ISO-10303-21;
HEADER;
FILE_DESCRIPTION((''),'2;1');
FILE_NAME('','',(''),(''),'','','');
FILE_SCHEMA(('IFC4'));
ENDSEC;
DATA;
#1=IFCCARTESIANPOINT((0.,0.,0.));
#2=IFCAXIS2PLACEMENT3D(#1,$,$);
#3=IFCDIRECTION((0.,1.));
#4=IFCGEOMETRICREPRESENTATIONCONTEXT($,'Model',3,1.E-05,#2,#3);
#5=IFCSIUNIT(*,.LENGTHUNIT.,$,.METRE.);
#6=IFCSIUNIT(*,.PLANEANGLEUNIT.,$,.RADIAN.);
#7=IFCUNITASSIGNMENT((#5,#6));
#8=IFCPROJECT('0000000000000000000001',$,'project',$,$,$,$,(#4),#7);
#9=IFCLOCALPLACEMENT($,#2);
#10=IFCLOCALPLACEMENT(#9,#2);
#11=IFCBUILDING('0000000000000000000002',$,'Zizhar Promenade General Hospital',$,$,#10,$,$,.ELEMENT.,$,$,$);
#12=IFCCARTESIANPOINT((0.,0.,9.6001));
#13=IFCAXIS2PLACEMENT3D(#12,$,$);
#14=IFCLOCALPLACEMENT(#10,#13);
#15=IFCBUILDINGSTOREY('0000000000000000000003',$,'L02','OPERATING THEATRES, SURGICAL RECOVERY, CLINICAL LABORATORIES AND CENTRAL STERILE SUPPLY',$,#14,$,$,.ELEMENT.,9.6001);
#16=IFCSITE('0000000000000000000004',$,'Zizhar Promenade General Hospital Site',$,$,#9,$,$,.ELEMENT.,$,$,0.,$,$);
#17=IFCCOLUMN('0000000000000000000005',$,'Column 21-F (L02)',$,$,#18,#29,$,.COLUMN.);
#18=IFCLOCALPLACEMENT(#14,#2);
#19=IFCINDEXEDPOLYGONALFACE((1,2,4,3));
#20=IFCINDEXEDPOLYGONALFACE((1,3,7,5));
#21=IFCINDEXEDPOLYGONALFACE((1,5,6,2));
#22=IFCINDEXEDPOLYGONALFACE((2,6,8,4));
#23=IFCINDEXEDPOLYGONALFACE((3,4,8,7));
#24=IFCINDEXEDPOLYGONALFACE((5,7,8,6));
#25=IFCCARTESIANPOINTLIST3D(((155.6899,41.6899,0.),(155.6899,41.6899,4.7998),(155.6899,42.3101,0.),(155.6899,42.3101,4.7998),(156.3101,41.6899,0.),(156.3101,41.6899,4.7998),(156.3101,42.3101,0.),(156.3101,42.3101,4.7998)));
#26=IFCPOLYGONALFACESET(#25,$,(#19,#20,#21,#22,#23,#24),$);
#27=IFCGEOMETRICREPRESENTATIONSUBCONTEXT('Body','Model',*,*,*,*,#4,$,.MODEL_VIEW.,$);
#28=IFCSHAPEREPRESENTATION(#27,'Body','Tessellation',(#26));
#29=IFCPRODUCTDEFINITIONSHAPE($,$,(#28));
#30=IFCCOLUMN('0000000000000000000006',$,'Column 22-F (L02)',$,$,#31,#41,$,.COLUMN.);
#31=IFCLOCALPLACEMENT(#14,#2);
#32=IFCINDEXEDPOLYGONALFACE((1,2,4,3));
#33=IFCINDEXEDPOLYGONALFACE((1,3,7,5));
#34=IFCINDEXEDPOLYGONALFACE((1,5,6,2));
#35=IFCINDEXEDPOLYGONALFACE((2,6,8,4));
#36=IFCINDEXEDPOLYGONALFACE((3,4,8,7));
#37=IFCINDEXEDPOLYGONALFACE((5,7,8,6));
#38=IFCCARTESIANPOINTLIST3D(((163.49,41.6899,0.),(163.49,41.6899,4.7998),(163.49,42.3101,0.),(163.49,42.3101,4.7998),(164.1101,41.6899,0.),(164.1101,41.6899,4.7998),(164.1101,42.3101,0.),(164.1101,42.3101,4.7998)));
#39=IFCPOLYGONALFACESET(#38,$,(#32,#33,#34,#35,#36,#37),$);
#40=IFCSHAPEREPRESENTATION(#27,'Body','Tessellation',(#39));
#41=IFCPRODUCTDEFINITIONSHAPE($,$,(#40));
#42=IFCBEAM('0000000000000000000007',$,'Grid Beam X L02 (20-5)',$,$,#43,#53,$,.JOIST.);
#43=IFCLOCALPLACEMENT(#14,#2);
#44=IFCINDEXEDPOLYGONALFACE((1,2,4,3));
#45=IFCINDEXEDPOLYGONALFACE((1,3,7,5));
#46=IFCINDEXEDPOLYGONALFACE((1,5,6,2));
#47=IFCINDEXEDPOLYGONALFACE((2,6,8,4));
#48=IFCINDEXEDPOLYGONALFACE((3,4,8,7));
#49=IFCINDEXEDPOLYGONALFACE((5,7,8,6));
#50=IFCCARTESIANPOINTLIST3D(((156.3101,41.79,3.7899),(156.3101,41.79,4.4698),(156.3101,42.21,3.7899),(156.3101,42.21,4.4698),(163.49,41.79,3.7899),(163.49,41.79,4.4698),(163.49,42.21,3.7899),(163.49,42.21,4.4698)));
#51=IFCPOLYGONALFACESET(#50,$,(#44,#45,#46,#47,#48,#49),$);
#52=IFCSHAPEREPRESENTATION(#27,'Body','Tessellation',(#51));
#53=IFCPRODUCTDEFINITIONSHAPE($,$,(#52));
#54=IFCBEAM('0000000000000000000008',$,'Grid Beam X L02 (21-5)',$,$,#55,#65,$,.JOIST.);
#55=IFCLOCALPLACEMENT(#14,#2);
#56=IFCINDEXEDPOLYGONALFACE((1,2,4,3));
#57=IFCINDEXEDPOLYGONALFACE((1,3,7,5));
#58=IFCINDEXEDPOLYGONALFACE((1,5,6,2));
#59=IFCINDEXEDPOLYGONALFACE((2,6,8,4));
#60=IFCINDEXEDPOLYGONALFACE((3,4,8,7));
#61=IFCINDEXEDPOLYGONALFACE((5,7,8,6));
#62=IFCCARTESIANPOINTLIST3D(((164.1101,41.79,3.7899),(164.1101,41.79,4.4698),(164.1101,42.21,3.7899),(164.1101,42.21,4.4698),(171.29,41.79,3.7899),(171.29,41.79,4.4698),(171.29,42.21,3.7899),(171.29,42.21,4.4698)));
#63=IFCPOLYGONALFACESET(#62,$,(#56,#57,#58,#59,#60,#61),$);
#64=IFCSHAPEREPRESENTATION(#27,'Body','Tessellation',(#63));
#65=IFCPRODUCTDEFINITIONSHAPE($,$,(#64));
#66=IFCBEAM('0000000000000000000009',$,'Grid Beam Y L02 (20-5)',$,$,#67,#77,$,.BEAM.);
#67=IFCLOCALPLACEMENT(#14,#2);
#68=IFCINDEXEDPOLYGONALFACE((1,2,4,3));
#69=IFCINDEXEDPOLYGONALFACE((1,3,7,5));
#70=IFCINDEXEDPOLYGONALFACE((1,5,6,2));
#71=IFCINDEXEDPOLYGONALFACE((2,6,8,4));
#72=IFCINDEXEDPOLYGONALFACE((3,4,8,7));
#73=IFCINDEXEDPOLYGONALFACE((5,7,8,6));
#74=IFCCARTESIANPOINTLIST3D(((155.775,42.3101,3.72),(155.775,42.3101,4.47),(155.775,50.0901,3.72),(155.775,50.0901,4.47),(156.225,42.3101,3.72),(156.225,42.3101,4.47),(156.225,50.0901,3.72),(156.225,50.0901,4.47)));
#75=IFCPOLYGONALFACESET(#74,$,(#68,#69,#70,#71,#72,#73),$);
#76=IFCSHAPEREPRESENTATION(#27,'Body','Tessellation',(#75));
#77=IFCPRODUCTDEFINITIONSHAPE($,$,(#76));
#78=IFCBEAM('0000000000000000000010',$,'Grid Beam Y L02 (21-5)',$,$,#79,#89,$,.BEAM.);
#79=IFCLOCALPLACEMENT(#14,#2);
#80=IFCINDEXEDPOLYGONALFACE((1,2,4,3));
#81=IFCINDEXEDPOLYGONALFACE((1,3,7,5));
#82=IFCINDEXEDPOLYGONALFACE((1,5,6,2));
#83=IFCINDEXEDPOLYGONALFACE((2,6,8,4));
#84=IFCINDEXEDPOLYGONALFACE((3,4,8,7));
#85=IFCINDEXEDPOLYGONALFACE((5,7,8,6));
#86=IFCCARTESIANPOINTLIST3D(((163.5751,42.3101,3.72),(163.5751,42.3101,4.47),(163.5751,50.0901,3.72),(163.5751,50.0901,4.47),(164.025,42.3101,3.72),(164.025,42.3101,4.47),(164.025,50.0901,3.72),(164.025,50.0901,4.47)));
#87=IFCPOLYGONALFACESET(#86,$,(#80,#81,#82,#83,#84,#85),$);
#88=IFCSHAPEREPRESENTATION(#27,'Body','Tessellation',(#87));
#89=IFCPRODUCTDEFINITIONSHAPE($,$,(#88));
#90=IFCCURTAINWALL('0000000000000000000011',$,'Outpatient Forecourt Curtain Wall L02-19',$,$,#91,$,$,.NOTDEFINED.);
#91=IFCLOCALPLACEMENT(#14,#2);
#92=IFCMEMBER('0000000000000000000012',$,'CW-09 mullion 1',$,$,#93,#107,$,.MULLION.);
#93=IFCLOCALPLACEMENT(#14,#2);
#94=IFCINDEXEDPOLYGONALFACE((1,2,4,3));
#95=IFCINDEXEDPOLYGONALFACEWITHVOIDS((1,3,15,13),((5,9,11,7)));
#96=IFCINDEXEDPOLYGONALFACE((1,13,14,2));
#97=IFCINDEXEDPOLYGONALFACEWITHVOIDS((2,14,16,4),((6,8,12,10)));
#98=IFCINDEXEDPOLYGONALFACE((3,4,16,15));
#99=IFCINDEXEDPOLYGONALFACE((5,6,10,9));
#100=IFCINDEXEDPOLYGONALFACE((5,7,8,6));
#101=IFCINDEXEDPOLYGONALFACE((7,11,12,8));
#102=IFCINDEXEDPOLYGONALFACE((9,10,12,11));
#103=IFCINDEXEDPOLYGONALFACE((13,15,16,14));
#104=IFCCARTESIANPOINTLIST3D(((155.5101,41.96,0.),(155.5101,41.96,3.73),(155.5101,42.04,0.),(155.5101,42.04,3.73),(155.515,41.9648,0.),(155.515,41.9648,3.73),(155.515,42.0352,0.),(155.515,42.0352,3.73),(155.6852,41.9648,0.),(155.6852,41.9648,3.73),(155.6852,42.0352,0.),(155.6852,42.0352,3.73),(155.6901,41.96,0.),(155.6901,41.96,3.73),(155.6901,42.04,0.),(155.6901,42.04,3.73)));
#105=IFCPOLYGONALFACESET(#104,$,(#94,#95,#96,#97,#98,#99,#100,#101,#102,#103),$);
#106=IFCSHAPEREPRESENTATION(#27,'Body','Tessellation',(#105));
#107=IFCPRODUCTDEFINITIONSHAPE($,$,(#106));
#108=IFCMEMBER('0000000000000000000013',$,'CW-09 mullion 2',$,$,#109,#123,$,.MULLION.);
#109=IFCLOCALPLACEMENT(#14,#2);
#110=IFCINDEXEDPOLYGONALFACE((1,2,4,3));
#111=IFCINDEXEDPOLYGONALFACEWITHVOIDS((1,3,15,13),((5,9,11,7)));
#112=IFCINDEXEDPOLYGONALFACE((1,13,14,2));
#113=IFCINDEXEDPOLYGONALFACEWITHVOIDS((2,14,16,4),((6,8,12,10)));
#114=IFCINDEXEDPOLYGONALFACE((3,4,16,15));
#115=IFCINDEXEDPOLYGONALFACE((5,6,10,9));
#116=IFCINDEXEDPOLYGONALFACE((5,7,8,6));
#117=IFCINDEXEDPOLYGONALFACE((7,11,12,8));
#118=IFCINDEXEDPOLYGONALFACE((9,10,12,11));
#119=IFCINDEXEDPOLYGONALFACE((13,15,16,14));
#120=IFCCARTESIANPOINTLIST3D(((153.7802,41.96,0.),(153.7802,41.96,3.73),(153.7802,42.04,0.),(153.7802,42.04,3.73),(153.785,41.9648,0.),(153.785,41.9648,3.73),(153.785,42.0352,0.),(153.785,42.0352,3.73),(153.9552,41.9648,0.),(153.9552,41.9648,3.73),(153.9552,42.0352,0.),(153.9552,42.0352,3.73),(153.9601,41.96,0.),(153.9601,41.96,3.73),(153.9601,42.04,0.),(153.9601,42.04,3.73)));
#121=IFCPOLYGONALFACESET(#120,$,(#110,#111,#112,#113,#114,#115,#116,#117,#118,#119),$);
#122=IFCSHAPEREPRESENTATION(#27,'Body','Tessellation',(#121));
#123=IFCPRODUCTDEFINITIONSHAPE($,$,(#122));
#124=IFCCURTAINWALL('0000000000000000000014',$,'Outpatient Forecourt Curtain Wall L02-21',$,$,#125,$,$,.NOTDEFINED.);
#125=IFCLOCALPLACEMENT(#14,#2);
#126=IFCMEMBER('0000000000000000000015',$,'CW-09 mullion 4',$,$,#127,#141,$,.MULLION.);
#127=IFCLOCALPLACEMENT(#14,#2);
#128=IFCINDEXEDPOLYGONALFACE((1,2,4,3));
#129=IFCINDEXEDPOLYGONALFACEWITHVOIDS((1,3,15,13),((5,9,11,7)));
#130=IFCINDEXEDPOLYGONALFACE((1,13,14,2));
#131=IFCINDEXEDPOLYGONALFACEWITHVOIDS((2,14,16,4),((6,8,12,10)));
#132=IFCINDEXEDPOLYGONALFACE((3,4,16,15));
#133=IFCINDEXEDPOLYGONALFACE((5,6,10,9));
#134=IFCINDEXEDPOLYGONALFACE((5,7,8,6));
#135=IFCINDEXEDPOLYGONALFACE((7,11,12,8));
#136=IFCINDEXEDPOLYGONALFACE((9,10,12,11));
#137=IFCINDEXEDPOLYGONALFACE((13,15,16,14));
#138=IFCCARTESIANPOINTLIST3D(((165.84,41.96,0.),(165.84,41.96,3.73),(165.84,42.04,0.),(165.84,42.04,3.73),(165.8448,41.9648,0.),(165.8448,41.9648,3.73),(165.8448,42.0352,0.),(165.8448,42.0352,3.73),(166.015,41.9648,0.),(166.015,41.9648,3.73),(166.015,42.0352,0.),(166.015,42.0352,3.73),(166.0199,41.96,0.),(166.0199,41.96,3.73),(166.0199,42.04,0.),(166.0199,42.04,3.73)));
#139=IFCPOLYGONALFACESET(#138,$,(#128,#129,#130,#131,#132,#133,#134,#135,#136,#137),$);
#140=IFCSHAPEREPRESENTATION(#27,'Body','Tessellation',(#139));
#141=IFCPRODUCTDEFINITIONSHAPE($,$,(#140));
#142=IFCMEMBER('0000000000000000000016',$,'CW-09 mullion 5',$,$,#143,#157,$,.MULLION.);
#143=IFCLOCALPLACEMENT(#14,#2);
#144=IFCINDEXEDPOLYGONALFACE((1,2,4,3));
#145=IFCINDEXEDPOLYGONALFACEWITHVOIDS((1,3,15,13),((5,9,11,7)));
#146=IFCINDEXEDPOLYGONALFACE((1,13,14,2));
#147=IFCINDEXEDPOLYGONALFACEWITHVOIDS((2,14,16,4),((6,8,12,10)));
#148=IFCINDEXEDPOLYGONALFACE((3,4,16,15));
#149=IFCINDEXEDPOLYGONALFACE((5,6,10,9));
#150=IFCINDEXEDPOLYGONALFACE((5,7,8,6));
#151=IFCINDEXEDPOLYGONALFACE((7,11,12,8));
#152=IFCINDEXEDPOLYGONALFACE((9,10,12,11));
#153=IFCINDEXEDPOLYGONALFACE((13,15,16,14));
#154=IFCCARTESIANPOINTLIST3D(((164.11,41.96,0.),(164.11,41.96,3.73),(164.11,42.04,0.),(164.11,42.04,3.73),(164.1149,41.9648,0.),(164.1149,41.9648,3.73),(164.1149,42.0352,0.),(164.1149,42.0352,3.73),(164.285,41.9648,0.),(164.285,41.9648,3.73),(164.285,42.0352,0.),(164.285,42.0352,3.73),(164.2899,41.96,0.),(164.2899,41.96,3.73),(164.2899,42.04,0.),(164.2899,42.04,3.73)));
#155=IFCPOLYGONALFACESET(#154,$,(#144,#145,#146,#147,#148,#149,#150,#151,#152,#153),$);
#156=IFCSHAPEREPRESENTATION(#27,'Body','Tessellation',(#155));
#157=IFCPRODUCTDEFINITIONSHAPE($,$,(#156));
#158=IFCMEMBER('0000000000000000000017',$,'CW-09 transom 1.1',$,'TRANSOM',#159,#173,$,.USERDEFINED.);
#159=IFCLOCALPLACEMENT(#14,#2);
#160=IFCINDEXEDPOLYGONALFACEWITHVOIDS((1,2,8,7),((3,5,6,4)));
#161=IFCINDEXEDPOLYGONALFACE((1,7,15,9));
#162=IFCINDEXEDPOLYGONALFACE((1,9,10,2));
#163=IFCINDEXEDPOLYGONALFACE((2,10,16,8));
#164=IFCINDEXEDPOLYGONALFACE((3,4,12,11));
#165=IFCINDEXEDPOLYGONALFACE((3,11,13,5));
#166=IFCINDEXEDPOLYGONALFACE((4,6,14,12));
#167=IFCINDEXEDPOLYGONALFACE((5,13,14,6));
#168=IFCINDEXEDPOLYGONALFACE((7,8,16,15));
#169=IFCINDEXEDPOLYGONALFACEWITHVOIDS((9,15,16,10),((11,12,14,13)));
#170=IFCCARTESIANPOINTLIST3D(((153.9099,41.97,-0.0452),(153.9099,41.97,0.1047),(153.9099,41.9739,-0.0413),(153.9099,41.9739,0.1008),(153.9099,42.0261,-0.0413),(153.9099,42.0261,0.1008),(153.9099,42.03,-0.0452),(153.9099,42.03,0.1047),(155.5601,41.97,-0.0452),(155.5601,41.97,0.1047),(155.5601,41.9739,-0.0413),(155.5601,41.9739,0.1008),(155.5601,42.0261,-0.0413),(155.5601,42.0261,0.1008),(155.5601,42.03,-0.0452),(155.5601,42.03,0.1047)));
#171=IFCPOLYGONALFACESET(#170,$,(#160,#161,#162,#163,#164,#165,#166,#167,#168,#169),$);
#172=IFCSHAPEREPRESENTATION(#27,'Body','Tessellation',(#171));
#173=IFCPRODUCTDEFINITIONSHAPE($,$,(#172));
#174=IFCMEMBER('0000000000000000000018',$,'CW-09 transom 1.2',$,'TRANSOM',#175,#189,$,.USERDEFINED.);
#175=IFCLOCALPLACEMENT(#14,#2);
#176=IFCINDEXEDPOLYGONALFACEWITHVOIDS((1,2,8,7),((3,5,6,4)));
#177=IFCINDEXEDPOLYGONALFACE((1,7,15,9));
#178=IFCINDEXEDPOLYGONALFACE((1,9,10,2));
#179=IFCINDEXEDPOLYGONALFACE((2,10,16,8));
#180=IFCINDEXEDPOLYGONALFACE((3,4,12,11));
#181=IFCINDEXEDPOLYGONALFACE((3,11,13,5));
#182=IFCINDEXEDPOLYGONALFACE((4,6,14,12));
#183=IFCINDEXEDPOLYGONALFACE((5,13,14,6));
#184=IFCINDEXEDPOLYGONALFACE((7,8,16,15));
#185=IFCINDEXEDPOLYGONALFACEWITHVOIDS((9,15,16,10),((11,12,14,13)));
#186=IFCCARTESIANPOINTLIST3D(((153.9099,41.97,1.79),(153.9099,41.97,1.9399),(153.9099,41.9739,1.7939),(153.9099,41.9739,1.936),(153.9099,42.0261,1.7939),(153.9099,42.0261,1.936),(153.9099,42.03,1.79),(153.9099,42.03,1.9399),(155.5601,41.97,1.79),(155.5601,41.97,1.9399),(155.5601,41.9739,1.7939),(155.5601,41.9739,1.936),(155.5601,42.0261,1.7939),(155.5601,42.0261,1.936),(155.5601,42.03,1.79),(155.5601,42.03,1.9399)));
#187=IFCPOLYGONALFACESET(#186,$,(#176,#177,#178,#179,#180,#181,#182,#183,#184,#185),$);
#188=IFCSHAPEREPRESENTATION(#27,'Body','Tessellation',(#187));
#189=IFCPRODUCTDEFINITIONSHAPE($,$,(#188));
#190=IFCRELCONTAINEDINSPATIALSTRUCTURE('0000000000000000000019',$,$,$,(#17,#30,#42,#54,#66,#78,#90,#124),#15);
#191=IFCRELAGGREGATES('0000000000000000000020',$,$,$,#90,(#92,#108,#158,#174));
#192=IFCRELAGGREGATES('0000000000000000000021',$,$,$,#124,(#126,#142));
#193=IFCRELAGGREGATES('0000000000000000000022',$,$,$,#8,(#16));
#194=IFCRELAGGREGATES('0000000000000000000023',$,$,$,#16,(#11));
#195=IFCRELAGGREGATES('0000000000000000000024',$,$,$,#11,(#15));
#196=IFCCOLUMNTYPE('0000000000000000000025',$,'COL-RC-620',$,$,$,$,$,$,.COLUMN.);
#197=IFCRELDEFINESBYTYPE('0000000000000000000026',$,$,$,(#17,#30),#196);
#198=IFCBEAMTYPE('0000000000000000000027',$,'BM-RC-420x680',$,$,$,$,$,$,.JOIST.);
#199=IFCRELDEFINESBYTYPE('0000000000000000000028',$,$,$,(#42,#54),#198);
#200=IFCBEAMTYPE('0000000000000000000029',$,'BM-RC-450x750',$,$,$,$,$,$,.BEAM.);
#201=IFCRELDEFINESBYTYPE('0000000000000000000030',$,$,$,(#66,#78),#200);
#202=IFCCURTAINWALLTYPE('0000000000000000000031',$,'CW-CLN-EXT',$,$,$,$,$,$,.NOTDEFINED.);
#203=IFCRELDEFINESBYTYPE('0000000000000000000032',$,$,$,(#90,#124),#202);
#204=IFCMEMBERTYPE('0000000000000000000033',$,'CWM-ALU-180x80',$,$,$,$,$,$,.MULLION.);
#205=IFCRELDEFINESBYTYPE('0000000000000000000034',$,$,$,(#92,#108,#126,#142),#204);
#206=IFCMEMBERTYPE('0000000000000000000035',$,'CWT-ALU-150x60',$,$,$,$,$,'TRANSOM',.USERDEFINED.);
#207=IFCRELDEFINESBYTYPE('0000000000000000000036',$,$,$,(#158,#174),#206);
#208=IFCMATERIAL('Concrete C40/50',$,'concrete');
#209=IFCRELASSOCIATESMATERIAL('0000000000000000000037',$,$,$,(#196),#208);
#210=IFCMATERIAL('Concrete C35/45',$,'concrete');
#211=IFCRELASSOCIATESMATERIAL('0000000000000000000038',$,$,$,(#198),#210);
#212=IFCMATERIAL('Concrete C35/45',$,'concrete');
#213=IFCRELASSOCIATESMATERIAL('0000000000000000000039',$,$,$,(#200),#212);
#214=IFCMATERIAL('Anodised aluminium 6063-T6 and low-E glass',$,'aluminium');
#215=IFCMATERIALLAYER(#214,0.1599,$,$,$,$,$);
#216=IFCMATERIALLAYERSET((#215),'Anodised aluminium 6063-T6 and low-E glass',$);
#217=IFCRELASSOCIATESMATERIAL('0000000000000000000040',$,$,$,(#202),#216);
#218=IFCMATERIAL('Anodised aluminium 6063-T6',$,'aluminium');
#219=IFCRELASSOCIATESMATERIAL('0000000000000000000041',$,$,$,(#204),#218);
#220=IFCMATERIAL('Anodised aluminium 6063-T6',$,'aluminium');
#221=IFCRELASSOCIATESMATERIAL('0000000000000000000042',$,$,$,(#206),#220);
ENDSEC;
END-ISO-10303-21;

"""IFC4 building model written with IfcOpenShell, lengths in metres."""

from ifc_helpers import new_model, si_unit, direction, frame, origin, origin_2d, place, context, subcontext, project, spatial, rectangle, hollow_rectangle, extrude, material, layer, layer_set, material_profile, profile_set, type_object, element, aggregate, save


model = new_model("IFC4")

# Units and contexts
model_context = context("Model", 3, precision=1e-05, world=origin(), true_north=direction((0.0, 1.0)))
body_context = subcontext(model_context, "Body", "Model", "MODEL_VIEW")
ifc_project = project(units=[si_unit("LENGTHUNIT", "METRE"), si_unit("PLANEANGLEUNIT", "RADIAN")], contexts=[model_context])

# Site, building, storey
site_placement = place(None, origin())
site = spatial("IfcSite", under=ifc_project, at=site_placement, Name="Zizhar Promenade General Hospital Site", CompositionType="ELEMENT", RefElevation=0.0)
building_placement = place(site_placement, origin())
building = spatial("IfcBuilding", under=site, at=building_placement, Name="Zizhar Promenade General Hospital", CompositionType="ELEMENT")
storey_placement = place(building_placement, frame((0.0, 0.0, 9.6001)))
storey = spatial("IfcBuildingStorey", under=building, at=storey_placement, Name="L02", Description="OPERATING THEATRES, SURGICAL RECOVERY, CLINICAL LABORATORIES AND CENTRAL STERILE SUPPLY", CompositionType="ELEMENT", Elevation=9.6001)

# Columns
ifc_material_1 = material(Name="Concrete C40/50", Category="concrete")
ifc_material_profile_1 = material_profile(ifc_material_1, rectangle(XDim=0.6201, YDim=0.6201, at=origin_2d()))
ifc_profile_set_1 = profile_set([ifc_material_profile_1], Name="Concrete C40/50")
column_type = type_object("IfcColumnType", Name="COL-RC-620", PredefinedType="COLUMN", material=ifc_profile_set_1)
for number, where, z_axis, x_axis, name in (
    (1, (156.0, 42.0, 0.0), (0.0, 0.0, 1.0), (1.0, 0.0, 0.0), "Column 21-F (L02)"),
    (2, (163.8, 42.0, 0.0), (0.0, 0.0, 1.0), (1.0, 0.0, 0.0), "Column 22-F (L02)"),
):
    element("IfcColumn", number, at=place(storey_placement, frame(where, z_axis=z_axis, x_axis=x_axis)), inside=storey, type_object=column_type, Name=name, PredefinedType="COLUMN", context=body_context, shape_type="SweptSolid", body=[
        extrude(rectangle(XDim=0.6201, YDim=0.6201, at=origin_2d()), origin(), (0.0, 0.0, 1.0), 4.7998),
    ])

# Beams
ifc_material_2 = material(Name="Concrete C35/45", Category="concrete")
ifc_material_profile_2 = material_profile(ifc_material_2, rectangle(XDim=0.4199, YDim=0.6799, at=origin_2d()))
ifc_profile_set_2 = profile_set([ifc_material_profile_2], Name="Concrete C35/45")
beam_type_1 = type_object("IfcBeamType", Name="BM-RC-420x680", PredefinedType="JOIST", material=ifc_profile_set_2)
for number, where, z_axis, x_axis, name in (
    (3, (156.3101, 42.0, 4.1299), (1.0, 0.0, 0.0), (0.0, 1.0, 0.0), "Grid Beam X L02 (20-5)"),
    (4, (164.1101, 42.0, 4.1299), (1.0, 0.0, 0.0), (0.0, 1.0, 0.0), "Grid Beam X L02 (21-5)"),
):
    element("IfcBeam", number, at=place(storey_placement, frame(where, z_axis=z_axis, x_axis=x_axis)), inside=storey, type_object=beam_type_1, Name=name, PredefinedType="JOIST", context=body_context, shape_type="SweptSolid", body=[
        extrude(rectangle(XDim=0.4199, YDim=0.6799, at=origin_2d()), origin(), (0.0, 0.0, 1.0), 7.1799),
    ])
ifc_material_3 = material(Name="Concrete C35/45", Category="concrete")
ifc_material_profile_3 = material_profile(ifc_material_3, rectangle(XDim=0.45, YDim=0.75, at=origin_2d()))
ifc_profile_set_3 = profile_set([ifc_material_profile_3], Name="Concrete C35/45")
beam_type_2 = type_object("IfcBeamType", Name="BM-RC-450x750", PredefinedType="BEAM", material=ifc_profile_set_3)
for number, where, z_axis, x_axis, name in (
    (5, (156.0, 42.3101, 4.095), (0.0, 1.0, 0.0), (-1.0, 0.0, 0.0), "Grid Beam Y L02 (20-5)"),
    (6, (163.8, 42.3101, 4.095), (0.0, 1.0, 0.0), (-1.0, 0.0, 0.0), "Grid Beam Y L02 (21-5)"),
):
    element("IfcBeam", number, at=place(storey_placement, frame(where, z_axis=z_axis, x_axis=x_axis)), inside=storey, type_object=beam_type_2, Name=name, PredefinedType="BEAM", context=body_context, shape_type="SweptSolid", body=[
        extrude(rectangle(XDim=0.45, YDim=0.75, at=origin_2d()), origin(), (0.0, 0.0, 1.0), 7.78),
    ])

# Curtain walls, members
ifc_material_4 = material(Name="Anodised aluminium 6063-T6 and low-E glass", Category="aluminium")
ifc_layer_1 = layer(ifc_material_4, 0.1599)
ifc_layer_set_1 = layer_set([ifc_layer_1], Name="Anodised aluminium 6063-T6 and low-E glass")
curtain_wall_type = type_object("IfcCurtainWallType", Name="CW-CLN-EXT", PredefinedType="NOTDEFINED", material=ifc_layer_set_1)
curtain_wall_1_placement = place(storey_placement, origin())
curtain_wall_1 = element("IfcCurtainWall", 7, at=curtain_wall_1_placement, inside=storey, type_object=curtain_wall_type, Name="Outpatient Forecourt Curtain Wall L02-19", PredefinedType="NOTDEFINED")
ifc_material_5 = material(Name="Anodised aluminium 6063-T6", Category="aluminium")
ifc_material_profile_4 = material_profile(ifc_material_5, hollow_rectangle(XDim=0.0801, YDim=0.1799, WallThickness=0.0049, at=origin_2d()))
ifc_profile_set_4 = profile_set([ifc_material_profile_4], Name="Anodised aluminium 6063-T6")
member_type_1 = type_object("IfcMemberType", Name="CWM-ALU-180x80", PredefinedType="MULLION", material=ifc_profile_set_4)
member_1_placement = place(storey_placement, frame((155.6001, 42.0, 0.0), z_axis=(0.0, 0.0, 1.0), x_axis=(0.0, -1.0, 0.0)))
member_1 = element("IfcMember", 8, at=member_1_placement, type_object=member_type_1, Name="CW-09 mullion 1", PredefinedType="MULLION", context=body_context, shape_type="SweptSolid", body=[
    extrude(hollow_rectangle(XDim=0.0801, YDim=0.1799, WallThickness=0.0049, at=origin_2d()), origin(), (0.0, 0.0, 1.0), 3.73),
])
member_2_placement = place(storey_placement, frame((153.8701, 42.0, 0.0), z_axis=(0.0, 0.0, 1.0), x_axis=(0.0, -1.0, 0.0)))
member_2 = element("IfcMember", 9, at=member_2_placement, type_object=member_type_1, Name="CW-09 mullion 2", PredefinedType="MULLION", context=body_context, shape_type="SweptSolid", body=[
    extrude(hollow_rectangle(XDim=0.0801, YDim=0.1799, WallThickness=0.0049, at=origin_2d()), origin(), (0.0, 0.0, 1.0), 3.73),
])
curtain_wall_2_placement = place(storey_placement, origin())
curtain_wall_2 = element("IfcCurtainWall", 10, at=curtain_wall_2_placement, inside=storey, type_object=curtain_wall_type, Name="Outpatient Forecourt Curtain Wall L02-21", PredefinedType="NOTDEFINED")
member_3_placement = place(storey_placement, frame((165.9299, 42.0, 0.0), z_axis=(0.0, 0.0, 1.0), x_axis=(0.0, -1.0, 0.0)))
member_3 = element("IfcMember", 11, at=member_3_placement, type_object=member_type_1, Name="CW-09 mullion 4", PredefinedType="MULLION", context=body_context, shape_type="SweptSolid", body=[
    extrude(hollow_rectangle(XDim=0.0801, YDim=0.1799, WallThickness=0.0049, at=origin_2d()), origin(), (0.0, 0.0, 1.0), 3.73),
])
member_4_placement = place(storey_placement, frame((164.2, 42.0, 0.0), z_axis=(0.0, 0.0, 1.0), x_axis=(0.0, -1.0, 0.0)))
member_4 = element("IfcMember", 12, at=member_4_placement, type_object=member_type_1, Name="CW-09 mullion 5", PredefinedType="MULLION", context=body_context, shape_type="SweptSolid", body=[
    extrude(hollow_rectangle(XDim=0.0801, YDim=0.1799, WallThickness=0.0049, at=origin_2d()), origin(), (0.0, 0.0, 1.0), 3.73),
])

# Members
ifc_material_6 = material(Name="Anodised aluminium 6063-T6", Category="aluminium")
ifc_material_profile_5 = material_profile(ifc_material_6, hollow_rectangle(XDim=0.0601, YDim=0.1499, WallThickness=0.0039, at=origin_2d()))
ifc_profile_set_5 = profile_set([ifc_material_profile_5], Name="Anodised aluminium 6063-T6")
member_type_2 = type_object("IfcMemberType", Name="CWT-ALU-150x60", ElementType="TRANSOM", PredefinedType="USERDEFINED", material=ifc_profile_set_5)
member_5_placement = place(storey_placement, frame((155.5601, 42.0, 0.0298), z_axis=(-1.0, 0.0, 0.0), x_axis=(0.0, -1.0, 0.0)))
member_5 = element("IfcMember", 13, at=member_5_placement, type_object=member_type_2, Name="CW-09 transom 1.1", ObjectType="TRANSOM", PredefinedType="USERDEFINED", context=body_context, shape_type="SweptSolid", body=[
    extrude(hollow_rectangle(XDim=0.0601, YDim=0.1499, WallThickness=0.0039, at=origin_2d()), origin(), (0.0, 0.0, 1.0), 1.6501),
])
member_6_placement = place(storey_placement, frame((155.5601, 42.0, 1.865), z_axis=(-1.0, 0.0, 0.0), x_axis=(0.0, -1.0, 0.0)))
member_6 = element("IfcMember", 14, at=member_6_placement, type_object=member_type_2, Name="CW-09 transom 1.2", ObjectType="TRANSOM", PredefinedType="USERDEFINED", context=body_context, shape_type="SweptSolid", body=[
    extrude(hollow_rectangle(XDim=0.0601, YDim=0.1499, WallThickness=0.0039, at=origin_2d()), origin(), (0.0, 0.0, 1.0), 1.6501),
])

aggregate(curtain_wall_1, [member_1, member_2, member_5, member_6])
aggregate(curtain_wall_2, [member_3, member_4])

save(model, "model.ifc")
